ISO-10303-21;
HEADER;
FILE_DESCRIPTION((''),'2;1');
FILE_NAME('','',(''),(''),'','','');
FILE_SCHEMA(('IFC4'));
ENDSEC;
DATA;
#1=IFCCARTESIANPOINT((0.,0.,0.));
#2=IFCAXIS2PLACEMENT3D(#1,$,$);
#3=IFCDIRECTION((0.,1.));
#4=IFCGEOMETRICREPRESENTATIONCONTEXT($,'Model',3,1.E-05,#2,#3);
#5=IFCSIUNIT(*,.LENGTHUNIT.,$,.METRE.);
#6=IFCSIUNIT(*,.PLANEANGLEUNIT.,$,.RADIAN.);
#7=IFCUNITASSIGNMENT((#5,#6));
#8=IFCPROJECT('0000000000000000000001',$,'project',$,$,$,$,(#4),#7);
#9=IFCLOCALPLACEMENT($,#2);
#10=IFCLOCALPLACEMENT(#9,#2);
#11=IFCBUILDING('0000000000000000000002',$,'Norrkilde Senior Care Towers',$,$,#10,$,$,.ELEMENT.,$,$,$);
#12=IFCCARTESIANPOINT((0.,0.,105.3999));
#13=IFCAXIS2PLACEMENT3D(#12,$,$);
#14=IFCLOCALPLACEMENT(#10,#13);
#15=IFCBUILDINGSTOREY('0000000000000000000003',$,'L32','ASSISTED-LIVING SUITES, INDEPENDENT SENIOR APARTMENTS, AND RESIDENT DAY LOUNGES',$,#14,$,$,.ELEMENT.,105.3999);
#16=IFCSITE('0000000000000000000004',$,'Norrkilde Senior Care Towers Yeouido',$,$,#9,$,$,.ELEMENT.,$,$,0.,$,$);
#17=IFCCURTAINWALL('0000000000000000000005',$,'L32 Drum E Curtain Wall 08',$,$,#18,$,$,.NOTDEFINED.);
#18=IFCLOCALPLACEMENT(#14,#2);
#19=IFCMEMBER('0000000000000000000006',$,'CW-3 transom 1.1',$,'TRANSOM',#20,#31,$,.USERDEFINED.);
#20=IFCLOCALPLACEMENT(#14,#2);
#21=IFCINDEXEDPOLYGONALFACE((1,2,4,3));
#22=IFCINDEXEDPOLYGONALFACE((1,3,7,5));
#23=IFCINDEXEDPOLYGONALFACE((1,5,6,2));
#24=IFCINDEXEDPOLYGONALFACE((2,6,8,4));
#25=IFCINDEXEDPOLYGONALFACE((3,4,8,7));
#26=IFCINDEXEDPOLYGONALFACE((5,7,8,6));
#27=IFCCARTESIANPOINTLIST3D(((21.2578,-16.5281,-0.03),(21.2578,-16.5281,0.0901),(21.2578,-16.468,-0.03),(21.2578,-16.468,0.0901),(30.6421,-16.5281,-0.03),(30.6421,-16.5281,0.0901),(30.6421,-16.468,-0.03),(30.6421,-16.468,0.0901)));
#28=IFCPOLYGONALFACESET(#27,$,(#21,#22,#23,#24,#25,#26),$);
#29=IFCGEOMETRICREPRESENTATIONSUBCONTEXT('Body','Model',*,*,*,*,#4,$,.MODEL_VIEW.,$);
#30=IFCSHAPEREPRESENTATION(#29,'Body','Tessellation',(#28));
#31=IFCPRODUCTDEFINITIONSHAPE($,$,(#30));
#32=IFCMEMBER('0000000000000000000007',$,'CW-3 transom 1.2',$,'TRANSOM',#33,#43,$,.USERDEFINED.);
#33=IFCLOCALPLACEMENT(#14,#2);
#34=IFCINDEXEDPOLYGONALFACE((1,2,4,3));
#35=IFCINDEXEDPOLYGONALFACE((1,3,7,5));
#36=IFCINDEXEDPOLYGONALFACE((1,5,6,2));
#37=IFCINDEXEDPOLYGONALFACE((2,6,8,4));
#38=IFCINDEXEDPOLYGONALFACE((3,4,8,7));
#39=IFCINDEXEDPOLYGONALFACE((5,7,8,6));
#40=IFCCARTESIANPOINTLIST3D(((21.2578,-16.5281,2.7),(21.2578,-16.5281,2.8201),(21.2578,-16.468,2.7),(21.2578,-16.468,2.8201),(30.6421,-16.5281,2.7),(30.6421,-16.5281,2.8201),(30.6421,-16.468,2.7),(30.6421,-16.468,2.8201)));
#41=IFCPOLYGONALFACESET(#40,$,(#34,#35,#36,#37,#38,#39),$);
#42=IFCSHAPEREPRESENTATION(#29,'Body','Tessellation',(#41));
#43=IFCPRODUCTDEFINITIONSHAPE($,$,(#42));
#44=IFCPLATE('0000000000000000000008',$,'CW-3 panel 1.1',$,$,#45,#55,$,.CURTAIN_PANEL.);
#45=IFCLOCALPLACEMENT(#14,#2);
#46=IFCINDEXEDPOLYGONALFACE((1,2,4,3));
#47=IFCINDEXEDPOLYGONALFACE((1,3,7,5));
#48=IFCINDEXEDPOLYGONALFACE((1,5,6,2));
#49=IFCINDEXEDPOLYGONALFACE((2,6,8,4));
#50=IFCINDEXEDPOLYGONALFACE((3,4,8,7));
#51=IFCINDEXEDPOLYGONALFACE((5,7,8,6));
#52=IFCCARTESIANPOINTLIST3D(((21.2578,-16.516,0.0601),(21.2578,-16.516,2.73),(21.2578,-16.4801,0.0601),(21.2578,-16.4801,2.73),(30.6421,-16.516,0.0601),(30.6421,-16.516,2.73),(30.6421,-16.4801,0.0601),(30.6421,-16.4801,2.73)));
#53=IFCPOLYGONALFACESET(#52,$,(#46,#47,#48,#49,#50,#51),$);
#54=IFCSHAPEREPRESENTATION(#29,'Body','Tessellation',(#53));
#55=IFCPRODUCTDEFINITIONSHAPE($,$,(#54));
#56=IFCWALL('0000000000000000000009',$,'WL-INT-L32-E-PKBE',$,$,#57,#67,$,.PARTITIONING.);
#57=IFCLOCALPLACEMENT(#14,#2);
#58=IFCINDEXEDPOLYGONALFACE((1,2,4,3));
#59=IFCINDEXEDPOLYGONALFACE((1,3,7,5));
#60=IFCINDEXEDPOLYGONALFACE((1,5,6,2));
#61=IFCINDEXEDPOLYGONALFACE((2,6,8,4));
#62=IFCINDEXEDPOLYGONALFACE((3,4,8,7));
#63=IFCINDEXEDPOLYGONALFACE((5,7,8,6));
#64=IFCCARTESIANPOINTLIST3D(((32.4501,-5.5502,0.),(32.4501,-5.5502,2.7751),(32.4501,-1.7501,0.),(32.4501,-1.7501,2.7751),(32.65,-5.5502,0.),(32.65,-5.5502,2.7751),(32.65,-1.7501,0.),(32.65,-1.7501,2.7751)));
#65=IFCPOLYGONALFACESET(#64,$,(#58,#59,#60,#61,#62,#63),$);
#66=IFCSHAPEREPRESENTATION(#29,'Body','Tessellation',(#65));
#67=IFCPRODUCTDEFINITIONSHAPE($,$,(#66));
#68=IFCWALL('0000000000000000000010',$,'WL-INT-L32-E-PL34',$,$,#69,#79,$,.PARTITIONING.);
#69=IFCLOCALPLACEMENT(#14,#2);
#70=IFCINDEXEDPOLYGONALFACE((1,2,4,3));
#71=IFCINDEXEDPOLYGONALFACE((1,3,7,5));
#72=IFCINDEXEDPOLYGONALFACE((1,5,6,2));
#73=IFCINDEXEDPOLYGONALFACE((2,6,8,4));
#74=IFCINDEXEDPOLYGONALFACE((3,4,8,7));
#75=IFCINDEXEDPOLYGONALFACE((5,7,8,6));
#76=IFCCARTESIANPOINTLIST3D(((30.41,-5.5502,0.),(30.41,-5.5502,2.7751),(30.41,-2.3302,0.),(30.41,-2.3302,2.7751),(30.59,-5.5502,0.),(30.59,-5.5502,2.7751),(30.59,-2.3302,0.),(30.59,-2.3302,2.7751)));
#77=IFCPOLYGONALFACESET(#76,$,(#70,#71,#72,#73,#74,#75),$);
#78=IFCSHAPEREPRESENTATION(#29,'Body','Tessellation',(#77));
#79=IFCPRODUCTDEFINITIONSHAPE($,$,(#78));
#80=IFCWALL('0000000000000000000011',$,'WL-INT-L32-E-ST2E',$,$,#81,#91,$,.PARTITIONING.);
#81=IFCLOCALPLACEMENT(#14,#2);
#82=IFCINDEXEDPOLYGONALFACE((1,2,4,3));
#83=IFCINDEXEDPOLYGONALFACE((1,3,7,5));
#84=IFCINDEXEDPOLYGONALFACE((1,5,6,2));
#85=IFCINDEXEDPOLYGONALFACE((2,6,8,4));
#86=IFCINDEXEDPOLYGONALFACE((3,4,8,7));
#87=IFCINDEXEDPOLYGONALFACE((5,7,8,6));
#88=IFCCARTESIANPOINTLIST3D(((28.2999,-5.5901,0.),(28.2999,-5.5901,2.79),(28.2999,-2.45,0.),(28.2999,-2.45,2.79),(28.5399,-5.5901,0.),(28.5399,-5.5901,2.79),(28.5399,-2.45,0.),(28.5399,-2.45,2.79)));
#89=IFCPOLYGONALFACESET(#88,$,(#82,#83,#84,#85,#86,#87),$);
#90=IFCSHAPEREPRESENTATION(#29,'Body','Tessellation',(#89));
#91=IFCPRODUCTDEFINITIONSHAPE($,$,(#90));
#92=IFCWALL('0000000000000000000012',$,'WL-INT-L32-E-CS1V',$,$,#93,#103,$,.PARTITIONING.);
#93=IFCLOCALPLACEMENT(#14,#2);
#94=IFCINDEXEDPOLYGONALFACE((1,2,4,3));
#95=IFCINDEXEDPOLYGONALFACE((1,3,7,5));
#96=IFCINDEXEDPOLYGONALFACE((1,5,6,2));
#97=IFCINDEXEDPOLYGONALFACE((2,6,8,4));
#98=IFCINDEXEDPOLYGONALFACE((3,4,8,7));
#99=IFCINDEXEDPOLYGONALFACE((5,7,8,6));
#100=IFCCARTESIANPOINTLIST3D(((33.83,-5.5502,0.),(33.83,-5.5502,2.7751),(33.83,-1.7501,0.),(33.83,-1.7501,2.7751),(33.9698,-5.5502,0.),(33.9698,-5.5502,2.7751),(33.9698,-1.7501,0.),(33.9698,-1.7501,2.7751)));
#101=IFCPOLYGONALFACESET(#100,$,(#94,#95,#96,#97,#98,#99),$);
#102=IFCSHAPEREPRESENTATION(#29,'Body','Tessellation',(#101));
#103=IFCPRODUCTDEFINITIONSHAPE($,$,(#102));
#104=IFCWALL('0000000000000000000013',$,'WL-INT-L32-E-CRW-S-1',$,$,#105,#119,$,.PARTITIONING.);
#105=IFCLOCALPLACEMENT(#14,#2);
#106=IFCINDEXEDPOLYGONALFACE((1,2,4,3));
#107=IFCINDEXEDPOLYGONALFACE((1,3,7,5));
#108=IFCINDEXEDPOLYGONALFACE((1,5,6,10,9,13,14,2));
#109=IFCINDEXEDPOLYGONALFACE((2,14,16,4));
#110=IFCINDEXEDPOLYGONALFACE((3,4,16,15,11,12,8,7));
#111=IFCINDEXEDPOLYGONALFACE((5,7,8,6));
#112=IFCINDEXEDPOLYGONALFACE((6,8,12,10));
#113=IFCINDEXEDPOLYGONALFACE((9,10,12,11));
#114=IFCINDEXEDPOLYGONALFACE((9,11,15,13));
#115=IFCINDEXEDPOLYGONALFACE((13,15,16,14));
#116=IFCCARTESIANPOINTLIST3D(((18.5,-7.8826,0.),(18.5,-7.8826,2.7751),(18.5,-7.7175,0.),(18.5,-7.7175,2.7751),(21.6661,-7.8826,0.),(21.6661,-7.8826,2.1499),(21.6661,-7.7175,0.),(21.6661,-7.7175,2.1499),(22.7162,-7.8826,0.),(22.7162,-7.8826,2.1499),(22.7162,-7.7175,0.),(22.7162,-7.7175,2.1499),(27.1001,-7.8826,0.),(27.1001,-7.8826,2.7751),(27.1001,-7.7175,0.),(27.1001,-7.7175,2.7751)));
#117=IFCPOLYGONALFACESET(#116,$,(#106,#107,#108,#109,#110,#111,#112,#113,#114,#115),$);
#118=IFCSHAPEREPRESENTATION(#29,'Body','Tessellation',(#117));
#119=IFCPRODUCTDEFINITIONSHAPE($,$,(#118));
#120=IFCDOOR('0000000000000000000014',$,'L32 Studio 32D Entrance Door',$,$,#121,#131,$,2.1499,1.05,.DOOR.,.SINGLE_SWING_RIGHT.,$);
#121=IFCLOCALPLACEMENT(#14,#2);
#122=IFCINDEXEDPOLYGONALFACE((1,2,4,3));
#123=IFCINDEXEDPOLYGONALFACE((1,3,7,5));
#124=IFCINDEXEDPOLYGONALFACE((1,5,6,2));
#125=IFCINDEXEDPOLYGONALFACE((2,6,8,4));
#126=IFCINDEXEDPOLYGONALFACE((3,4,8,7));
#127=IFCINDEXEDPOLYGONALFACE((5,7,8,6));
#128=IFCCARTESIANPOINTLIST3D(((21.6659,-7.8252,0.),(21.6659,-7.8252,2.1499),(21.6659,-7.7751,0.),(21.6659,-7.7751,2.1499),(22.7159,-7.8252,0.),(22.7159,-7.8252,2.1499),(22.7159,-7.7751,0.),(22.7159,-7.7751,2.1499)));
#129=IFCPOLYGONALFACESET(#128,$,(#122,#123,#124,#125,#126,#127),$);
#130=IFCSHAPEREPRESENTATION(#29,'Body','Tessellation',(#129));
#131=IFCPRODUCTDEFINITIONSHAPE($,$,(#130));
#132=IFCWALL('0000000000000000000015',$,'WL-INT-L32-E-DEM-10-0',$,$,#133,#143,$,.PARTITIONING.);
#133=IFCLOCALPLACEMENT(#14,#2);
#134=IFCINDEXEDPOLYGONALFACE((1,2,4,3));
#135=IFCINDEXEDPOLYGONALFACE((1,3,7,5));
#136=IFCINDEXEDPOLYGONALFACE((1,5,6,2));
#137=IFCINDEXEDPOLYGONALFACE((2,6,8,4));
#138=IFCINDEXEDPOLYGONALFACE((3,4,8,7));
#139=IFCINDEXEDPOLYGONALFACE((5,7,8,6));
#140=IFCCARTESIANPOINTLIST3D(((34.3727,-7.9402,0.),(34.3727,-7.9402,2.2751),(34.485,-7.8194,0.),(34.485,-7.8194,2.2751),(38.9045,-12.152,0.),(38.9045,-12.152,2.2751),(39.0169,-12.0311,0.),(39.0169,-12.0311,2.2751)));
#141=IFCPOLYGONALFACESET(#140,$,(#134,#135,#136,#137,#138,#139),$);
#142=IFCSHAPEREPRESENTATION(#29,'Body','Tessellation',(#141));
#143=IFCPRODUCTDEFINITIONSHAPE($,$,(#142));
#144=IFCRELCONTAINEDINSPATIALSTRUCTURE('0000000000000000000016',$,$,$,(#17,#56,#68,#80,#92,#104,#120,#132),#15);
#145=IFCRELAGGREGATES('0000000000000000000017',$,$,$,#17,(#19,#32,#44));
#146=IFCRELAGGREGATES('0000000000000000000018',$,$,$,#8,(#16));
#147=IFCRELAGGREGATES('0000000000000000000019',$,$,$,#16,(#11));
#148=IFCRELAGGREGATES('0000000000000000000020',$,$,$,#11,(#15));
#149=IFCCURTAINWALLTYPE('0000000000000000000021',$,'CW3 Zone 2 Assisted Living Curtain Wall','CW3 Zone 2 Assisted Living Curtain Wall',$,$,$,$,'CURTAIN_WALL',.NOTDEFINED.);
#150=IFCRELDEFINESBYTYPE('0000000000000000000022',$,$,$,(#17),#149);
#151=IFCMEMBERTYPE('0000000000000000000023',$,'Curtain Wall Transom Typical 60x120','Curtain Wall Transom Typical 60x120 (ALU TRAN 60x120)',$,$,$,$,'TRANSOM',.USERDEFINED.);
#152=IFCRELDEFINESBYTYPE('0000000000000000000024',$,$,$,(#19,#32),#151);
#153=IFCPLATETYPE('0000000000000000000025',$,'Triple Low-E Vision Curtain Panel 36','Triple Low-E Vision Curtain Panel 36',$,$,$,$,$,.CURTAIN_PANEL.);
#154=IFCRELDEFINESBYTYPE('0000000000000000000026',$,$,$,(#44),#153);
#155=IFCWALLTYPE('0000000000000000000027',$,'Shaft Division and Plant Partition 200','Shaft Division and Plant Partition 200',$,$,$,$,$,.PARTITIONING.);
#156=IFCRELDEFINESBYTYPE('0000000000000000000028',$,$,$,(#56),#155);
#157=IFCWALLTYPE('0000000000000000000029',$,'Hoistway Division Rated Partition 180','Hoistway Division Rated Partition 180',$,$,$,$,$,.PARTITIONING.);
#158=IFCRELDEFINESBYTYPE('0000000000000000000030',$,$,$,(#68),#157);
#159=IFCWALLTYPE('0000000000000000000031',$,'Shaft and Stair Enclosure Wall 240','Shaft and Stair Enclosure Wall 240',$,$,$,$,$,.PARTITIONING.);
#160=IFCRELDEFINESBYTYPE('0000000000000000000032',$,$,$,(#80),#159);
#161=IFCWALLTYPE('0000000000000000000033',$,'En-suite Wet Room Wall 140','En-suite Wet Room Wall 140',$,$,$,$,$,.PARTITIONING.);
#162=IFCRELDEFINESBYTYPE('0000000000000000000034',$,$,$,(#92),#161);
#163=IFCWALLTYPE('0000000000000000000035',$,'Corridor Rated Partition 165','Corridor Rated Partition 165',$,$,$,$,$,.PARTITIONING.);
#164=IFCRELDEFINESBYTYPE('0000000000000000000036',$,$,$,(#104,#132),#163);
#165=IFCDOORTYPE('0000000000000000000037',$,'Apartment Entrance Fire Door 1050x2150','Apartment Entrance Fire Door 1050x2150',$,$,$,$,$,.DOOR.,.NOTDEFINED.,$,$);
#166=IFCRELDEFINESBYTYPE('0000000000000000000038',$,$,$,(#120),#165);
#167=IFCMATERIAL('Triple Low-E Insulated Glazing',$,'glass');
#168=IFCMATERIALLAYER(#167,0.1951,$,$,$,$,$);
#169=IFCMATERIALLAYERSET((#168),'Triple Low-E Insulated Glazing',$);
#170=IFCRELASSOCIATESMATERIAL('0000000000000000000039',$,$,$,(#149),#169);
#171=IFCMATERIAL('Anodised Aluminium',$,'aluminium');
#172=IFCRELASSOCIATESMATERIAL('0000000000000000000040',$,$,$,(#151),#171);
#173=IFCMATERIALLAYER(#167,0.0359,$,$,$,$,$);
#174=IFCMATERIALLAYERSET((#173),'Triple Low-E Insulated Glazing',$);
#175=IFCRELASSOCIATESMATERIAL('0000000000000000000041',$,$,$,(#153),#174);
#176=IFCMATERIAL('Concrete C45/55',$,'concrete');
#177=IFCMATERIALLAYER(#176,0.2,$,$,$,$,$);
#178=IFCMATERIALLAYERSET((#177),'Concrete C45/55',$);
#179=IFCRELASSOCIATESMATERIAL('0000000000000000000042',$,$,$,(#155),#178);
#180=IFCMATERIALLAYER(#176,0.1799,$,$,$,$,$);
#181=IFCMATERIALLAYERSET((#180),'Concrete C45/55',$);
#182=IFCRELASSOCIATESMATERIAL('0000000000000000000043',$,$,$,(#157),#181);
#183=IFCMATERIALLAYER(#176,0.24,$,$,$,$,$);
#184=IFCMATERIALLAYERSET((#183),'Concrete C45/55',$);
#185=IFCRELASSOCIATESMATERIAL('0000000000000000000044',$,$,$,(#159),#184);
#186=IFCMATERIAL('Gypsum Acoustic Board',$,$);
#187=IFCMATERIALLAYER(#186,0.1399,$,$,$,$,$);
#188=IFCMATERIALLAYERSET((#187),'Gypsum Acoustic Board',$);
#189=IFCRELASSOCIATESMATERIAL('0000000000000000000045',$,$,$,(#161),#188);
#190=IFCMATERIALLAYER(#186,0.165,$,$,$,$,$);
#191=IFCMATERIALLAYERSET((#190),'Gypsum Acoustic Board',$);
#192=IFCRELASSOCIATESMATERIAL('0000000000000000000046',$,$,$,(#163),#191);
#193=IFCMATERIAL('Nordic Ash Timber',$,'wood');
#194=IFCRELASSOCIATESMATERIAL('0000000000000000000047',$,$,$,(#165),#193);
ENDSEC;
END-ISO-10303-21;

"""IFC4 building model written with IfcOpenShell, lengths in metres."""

from ifc_helpers import new_model, si_unit, direction, frame, frame_2d, origin, origin_2d, place, context, subcontext, project, spatial, rectangle, extrude, source, transform, mapped, material, layer, layer_set, material_profile, profile_set, type_object, type_shapes, element, fill, aggregate, save


model = new_model("IFC4")

# Units and contexts
model_context = context("Model", 3, precision=1e-05, world=origin(), true_north=direction((0.0, 1.0)))
body_context = subcontext(model_context, "Body", "Model", "MODEL_VIEW")
ifc_project = project(units=[si_unit("LENGTHUNIT", "METRE"), si_unit("PLANEANGLEUNIT", "RADIAN")], contexts=[model_context])

# Site, building, storey
site_placement = place(None, origin())
site = spatial("IfcSite", under=ifc_project, at=site_placement, Name="Norrkilde Senior Care Towers Yeouido", CompositionType="ELEMENT", RefElevation=0.0)
building_placement = place(site_placement, origin())
building = spatial("IfcBuilding", under=site, at=building_placement, Name="Norrkilde Senior Care Towers", CompositionType="ELEMENT")
storey_placement = place(building_placement, frame((0.0, 0.0, 105.3999)))
storey = spatial("IfcBuildingStorey", under=building, at=storey_placement, Name="L32", Description="ASSISTED-LIVING SUITES, INDEPENDENT SENIOR APARTMENTS, AND RESIDENT DAY LOUNGES", CompositionType="ELEMENT", Elevation=105.3999)

# Curtain wall
ifc_material_1 = material(Name="Triple Low-E Insulated Glazing", Category="glass")
ifc_layer_1 = layer(ifc_material_1, 0.1951)
ifc_layer_set_1 = layer_set([ifc_layer_1], Name="Triple Low-E Insulated Glazing")
curtain_wall_type = type_object("IfcCurtainWallType", Name="CW3 Zone 2 Assisted Living Curtain Wall", Description="CW3 Zone 2 Assisted Living Curtain Wall", ElementType="CURTAIN_WALL", PredefinedType="NOTDEFINED", material=ifc_layer_set_1)
curtain_wall_1_placement = place(storey_placement, origin())
curtain_wall_1 = element("IfcCurtainWall", 1, at=curtain_wall_1_placement, inside=storey, type_object=curtain_wall_type, Name="L32 Drum E Curtain Wall 08", PredefinedType="NOTDEFINED")
ifc_material_2 = material(Name="Anodised Aluminium", Category="aluminium")

# Members
ifc_material_profile_1 = material_profile(ifc_material_2, rectangle(XDim=0.0601, YDim=0.1201, at=origin_2d()), Name="ALU TRAN 60x120")
ifc_profile_set_1 = profile_set([ifc_material_profile_1], Name="Anodised Aluminium")
member_type_1 = type_object("IfcMemberType", Name="Curtain Wall Transom Typical 60x120", Description="Curtain Wall Transom Typical 60x120 (ALU TRAN 60x120)", ElementType="TRANSOM", PredefinedType="USERDEFINED", material=ifc_profile_set_1)
shared_shape_1 = source(origin(), body_context, "Body", "SweptSolid", [
    extrude(rectangle(XDim=0.0601, YDim=0.1201, at=origin_2d()), origin(), (0.0, 0.0, 1.0), 9.3843),
])
type_shapes(member_type_1, [shared_shape_1])
member_1_placement = place(storey_placement, frame((30.6421, -16.498, 0.03), z_axis=(-1.0, 0.0, 0.0), x_axis=(0.0, -1.0, 0.0)))
member_1 = element("IfcMember", 2, at=member_1_placement, type_object=member_type_1, Name="CW-3 transom 1.1", ObjectType="TRANSOM", PredefinedType="USERDEFINED", context=body_context, shape_type="MappedRepresentation", body=[
    mapped(shared_shape_1, transform((0.0, 0.0, 0.0), x_axis=(1.0, 0.0, 0.0), y_axis=(0.0, 1.0, 0.0), z_axis=(0.0, 0.0, 1.0), scale=1.0)),
])
member_2_placement = place(storey_placement, frame((30.6421, -16.498, 2.76), z_axis=(-1.0, 0.0, 0.0), x_axis=(0.0, -1.0, 0.0)))
member_2 = element("IfcMember", 3, at=member_2_placement, type_object=member_type_1, Name="CW-3 transom 1.2", ObjectType="TRANSOM", PredefinedType="USERDEFINED", context=body_context, shape_type="MappedRepresentation", body=[
    mapped(shared_shape_1, transform((0.0, 0.0, 0.0), x_axis=(1.0, 0.0, 0.0), y_axis=(0.0, 1.0, 0.0), z_axis=(0.0, 0.0, 1.0), scale=1.0)),
])

# Plate
ifc_layer_2 = layer(ifc_material_1, 0.0359)
ifc_layer_set_2 = layer_set([ifc_layer_2], Name="Triple Low-E Insulated Glazing")
plate_type = type_object("IfcPlateType", Name="Triple Low-E Vision Curtain Panel 36", Description="Triple Low-E Vision Curtain Panel 36", PredefinedType="CURTAIN_PANEL", material=ifc_layer_set_2)
shared_shape_2 = source(origin(), body_context, "Body", "SweptSolid", [
    extrude(rectangle(XDim=9.3843, YDim=0.0359, at=origin_2d()), origin(), (0.0, 0.0, 1.0), 2.6699),
])
type_shapes(plate_type, [shared_shape_2])
plate_placement = place(storey_placement, frame((25.95, -16.498, 0.0601), z_axis=(0.0, 0.0, 1.0), x_axis=(-1.0, 0.0, 0.0)))
plate = element("IfcPlate", 4, at=plate_placement, type_object=plate_type, Name="CW-3 panel 1.1", PredefinedType="CURTAIN_PANEL", context=body_context, shape_type="MappedRepresentation", body=[
    mapped(shared_shape_2, transform((0.0, 0.0, 0.0), x_axis=(1.0, 0.0, 0.0), y_axis=(0.0, 1.0, 0.0), z_axis=(0.0, 0.0, 1.0), scale=1.0)),
])
aggregate(curtain_wall_1, [member_1, member_2, plate])

# Walls
ifc_material_3 = material(Name="Concrete C45/55", Category="concrete")
ifc_layer_3 = layer(ifc_material_3, 0.2)
ifc_layer_set_3 = layer_set([ifc_layer_3], Name="Concrete C45/55")
wall_type_1 = type_object("IfcWallType", Name="Shaft Division and Plant Partition 200", Description="Shaft Division and Plant Partition 200", PredefinedType="PARTITIONING", material=ifc_layer_set_3)
shared_shape_3 = source(origin(), body_context, "Body", "SweptSolid", [
    extrude(rectangle(XDim=3.8, YDim=0.2, at=frame_2d((1.8999, 0.0))), origin(), (0.0, 0.0, 1.0), 2.7751),
])
type_shapes(wall_type_1, [shared_shape_3])
wall_1_placement = place(storey_placement, frame((32.55, -5.55, 0.0), z_axis=(0.0, 0.0, 1.0), x_axis=(0.0, 1.0, 0.0)))
element("IfcWall", 5, at=wall_1_placement, inside=storey, type_object=wall_type_1, Name="WL-INT-L32-E-PKBE", PredefinedType="PARTITIONING", context=body_context, shape_type="MappedRepresentation", body=[
    mapped(shared_shape_3, transform((0.0, 0.0, 0.0), x_axis=(1.0, 0.0, 0.0), y_axis=(0.0, 1.0, 0.0), z_axis=(0.0, 0.0, 1.0), scale=1.0)),
])
ifc_layer_4 = layer(ifc_material_3, 0.1799)
ifc_layer_set_4 = layer_set([ifc_layer_4], Name="Concrete C45/55")
wall_type_2 = type_object("IfcWallType", Name="Hoistway Division Rated Partition 180", Description="Hoistway Division Rated Partition 180", PredefinedType="PARTITIONING", material=ifc_layer_set_4)
shared_shape_4 = source(origin(), body_context, "Body", "SweptSolid", [
    extrude(rectangle(XDim=3.22, YDim=0.1799, at=frame_2d((1.6099, 0.0))), origin(), (0.0, 0.0, 1.0), 2.7751),
])
type_shapes(wall_type_2, [shared_shape_4])
wall_2_placement = place(storey_placement, frame((30.5, -5.55, 0.0), z_axis=(0.0, 0.0, 1.0), x_axis=(0.0, 1.0, 0.0)))
element("IfcWall", 6, at=wall_2_placement, inside=storey, type_object=wall_type_2, Name="WL-INT-L32-E-PL34", PredefinedType="PARTITIONING", context=body_context, shape_type="MappedRepresentation", body=[
    mapped(shared_shape_4, transform((0.0, 0.0, 0.0), x_axis=(1.0, 0.0, 0.0), y_axis=(0.0, 1.0, 0.0), z_axis=(0.0, 0.0, 1.0), scale=1.0)),
])
ifc_layer_5 = layer(ifc_material_3, 0.24)
ifc_layer_set_5 = layer_set([ifc_layer_5], Name="Concrete C45/55")
wall_type_3 = type_object("IfcWallType", Name="Shaft and Stair Enclosure Wall 240", Description="Shaft and Stair Enclosure Wall 240", PredefinedType="PARTITIONING", material=ifc_layer_set_5)
shared_shape_5 = source(origin(), body_context, "Body", "SweptSolid", [
    extrude(rectangle(XDim=3.1401, YDim=0.24, at=frame_2d((1.5701, 0.0))), origin(), (0.0, 0.0, 1.0), 2.79),
])
type_shapes(wall_type_3, [shared_shape_5])
wall_3_placement = place(storey_placement, frame((28.4199, -5.5901, 0.0), z_axis=(0.0, 0.0, 1.0), x_axis=(0.0, 1.0, 0.0)))
element("IfcWall", 7, at=wall_3_placement, inside=storey, type_object=wall_type_3, Name="WL-INT-L32-E-ST2E", PredefinedType="PARTITIONING", context=body_context, shape_type="MappedRepresentation", body=[
    mapped(shared_shape_5, transform((0.0, 0.0, 0.0), x_axis=(1.0, 0.0, 0.0), y_axis=(0.0, 1.0, 0.0), z_axis=(0.0, 0.0, 1.0), scale=1.0)),
])
ifc_material_4 = material(Name="Gypsum Acoustic Board")
ifc_layer_6 = layer(ifc_material_4, 0.1399)
ifc_layer_set_6 = layer_set([ifc_layer_6], Name="Gypsum Acoustic Board")
wall_type_4 = type_object("IfcWallType", Name="En-suite Wet Room Wall 140", Description="En-suite Wet Room Wall 140", PredefinedType="PARTITIONING", material=ifc_layer_set_6)
shared_shape_6 = source(origin(), body_context, "Body", "SweptSolid", [
    extrude(rectangle(XDim=3.8, YDim=0.1399, at=frame_2d((1.8999, 0.0))), origin(), (0.0, 0.0, 1.0), 2.7751),
])
type_shapes(wall_type_4, [shared_shape_6])
wall_4_placement = place(storey_placement, frame((33.8999, -5.55, 0.0), z_axis=(0.0, 0.0, 1.0), x_axis=(0.0, 1.0, 0.0)))
element("IfcWall", 8, at=wall_4_placement, inside=storey, type_object=wall_type_4, Name="WL-INT-L32-E-CS1V", PredefinedType="PARTITIONING", context=body_context, shape_type="MappedRepresentation", body=[
    mapped(shared_shape_6, transform((0.0, 0.0, 0.0), x_axis=(1.0, 0.0, 0.0), y_axis=(0.0, 1.0, 0.0), z_axis=(0.0, 0.0, 1.0), scale=1.0)),
])

# Wall, opening, door
ifc_layer_7 = layer(ifc_material_4, 0.165)
ifc_layer_set_7 = layer_set([ifc_layer_7], Name="Gypsum Acoustic Board")
wall_type_5 = type_object("IfcWallType", Name="Corridor Rated Partition 165", Description="Corridor Rated Partition 165", PredefinedType="PARTITIONING", material=ifc_layer_set_7)
shared_shape_7 = source(origin(), body_context, "Body", "SweptSolid", [
    extrude(rectangle(XDim=8.6001, YDim=0.165, at=frame_2d((4.3, 0.0))), origin(), (0.0, 0.0, 1.0), 2.7751),
])
wall_5_placement = place(storey_placement, frame((27.1001, -7.8, 0.0), z_axis=(0.0, 0.0, 1.0), x_axis=(-1.0, 0.0, 0.0)))
wall_5 = element("IfcWall", 9, at=wall_5_placement, inside=storey, type_object=wall_type_5, Name="WL-INT-L32-E-CRW-S-1", PredefinedType="PARTITIONING", context=body_context, shape_type="MappedRepresentation", body=[
    mapped(shared_shape_7, transform((0.0, 0.0, 0.0), x_axis=(1.0, 0.0, 0.0), y_axis=(0.0, 1.0, 0.0), z_axis=(0.0, 0.0, 1.0), scale=1.0)),
])
opening_1_placement = place(wall_5_placement, frame((4.384, 0.0, 0.0)))
opening_1 = element("IfcOpeningElement", 10, at=opening_1_placement, cuts=wall_5, PredefinedType="OPENING", context=body_context, shape_type="SweptSolid", body=[
    extrude(rectangle(XDim=1.05, YDim=2.1499, at=frame_2d((0.5249, 1.075))), frame((0.0, 0.0925, 0.0), z_axis=(0.0, -1.0, 0.0), x_axis=(1.0, 0.0, 0.0)), (0.0, 0.0, 1.0), 0.1851),
])
ifc_material_5 = material(Name="Nordic Ash Timber", Category="wood")
door_type = type_object("IfcDoorType", Name="Apartment Entrance Fire Door 1050x2150", Description="Apartment Entrance Fire Door 1050x2150", OperationType="NOTDEFINED", PredefinedType="DOOR", material=ifc_material_5)
shared_shape_8 = source(origin(), body_context, "Body", "SweptSolid", [
    extrude(rectangle(XDim=1.05, YDim=2.1499, at=frame_2d((0.5249, 1.075))), frame((0.0, 0.0249, 0.0), z_axis=(0.0, -1.0, 0.0), x_axis=(1.0, 0.0, 0.0)), (0.0, 0.0, 1.0), 0.05),
])
type_shapes(door_type, [shared_shape_8])
door_1_placement = place(opening_1_placement, frame((1.05, 0.0, 0.0), z_axis=(0.0, 0.0, 1.0), x_axis=(-1.0, 0.0, 0.0)))
door_1 = element("IfcDoor", 11, at=door_1_placement, inside=storey, type_object=door_type, Name="L32 Studio 32D Entrance Door", OperationType="SINGLE_SWING_RIGHT", OverallHeight=2.1499, OverallWidth=1.05, PredefinedType="DOOR", context=body_context, shape_type="MappedRepresentation", body=[
    mapped(shared_shape_8, transform((0.0, 0.0, 0.0), x_axis=(1.0, 0.0, 0.0), y_axis=(0.0, 1.0, 0.0), z_axis=(0.0, 0.0, 1.0), scale=1.0)),
])
fill(opening_1, door_1)

# Wall
shared_shape_9 = source(origin(), body_context, "Body", "SweptSolid", [
    extrude(rectangle(XDim=6.1868, YDim=0.165, at=frame_2d((3.0933, 0.0))), origin(), (0.0, 0.0, 1.0), 2.2751),
])
wall_6_placement = place(storey_placement, frame((34.429, -7.8799, 0.0), z_axis=(0.0, 0.0, 1.0), x_axis=(0.732501, -0.680766, 0.0)))
element("IfcWall", 12, at=wall_6_placement, inside=storey, type_object=wall_type_5, Name="WL-INT-L32-E-DEM-10-0", PredefinedType="PARTITIONING", context=body_context, shape_type="MappedRepresentation", body=[
    mapped(shared_shape_9, transform((0.0, 0.0, 0.0), x_axis=(1.0, 0.0, 0.0), y_axis=(0.0, 1.0, 0.0), z_axis=(0.0, 0.0, 1.0), scale=1.0)),
])

save(model, "model.ifc")
